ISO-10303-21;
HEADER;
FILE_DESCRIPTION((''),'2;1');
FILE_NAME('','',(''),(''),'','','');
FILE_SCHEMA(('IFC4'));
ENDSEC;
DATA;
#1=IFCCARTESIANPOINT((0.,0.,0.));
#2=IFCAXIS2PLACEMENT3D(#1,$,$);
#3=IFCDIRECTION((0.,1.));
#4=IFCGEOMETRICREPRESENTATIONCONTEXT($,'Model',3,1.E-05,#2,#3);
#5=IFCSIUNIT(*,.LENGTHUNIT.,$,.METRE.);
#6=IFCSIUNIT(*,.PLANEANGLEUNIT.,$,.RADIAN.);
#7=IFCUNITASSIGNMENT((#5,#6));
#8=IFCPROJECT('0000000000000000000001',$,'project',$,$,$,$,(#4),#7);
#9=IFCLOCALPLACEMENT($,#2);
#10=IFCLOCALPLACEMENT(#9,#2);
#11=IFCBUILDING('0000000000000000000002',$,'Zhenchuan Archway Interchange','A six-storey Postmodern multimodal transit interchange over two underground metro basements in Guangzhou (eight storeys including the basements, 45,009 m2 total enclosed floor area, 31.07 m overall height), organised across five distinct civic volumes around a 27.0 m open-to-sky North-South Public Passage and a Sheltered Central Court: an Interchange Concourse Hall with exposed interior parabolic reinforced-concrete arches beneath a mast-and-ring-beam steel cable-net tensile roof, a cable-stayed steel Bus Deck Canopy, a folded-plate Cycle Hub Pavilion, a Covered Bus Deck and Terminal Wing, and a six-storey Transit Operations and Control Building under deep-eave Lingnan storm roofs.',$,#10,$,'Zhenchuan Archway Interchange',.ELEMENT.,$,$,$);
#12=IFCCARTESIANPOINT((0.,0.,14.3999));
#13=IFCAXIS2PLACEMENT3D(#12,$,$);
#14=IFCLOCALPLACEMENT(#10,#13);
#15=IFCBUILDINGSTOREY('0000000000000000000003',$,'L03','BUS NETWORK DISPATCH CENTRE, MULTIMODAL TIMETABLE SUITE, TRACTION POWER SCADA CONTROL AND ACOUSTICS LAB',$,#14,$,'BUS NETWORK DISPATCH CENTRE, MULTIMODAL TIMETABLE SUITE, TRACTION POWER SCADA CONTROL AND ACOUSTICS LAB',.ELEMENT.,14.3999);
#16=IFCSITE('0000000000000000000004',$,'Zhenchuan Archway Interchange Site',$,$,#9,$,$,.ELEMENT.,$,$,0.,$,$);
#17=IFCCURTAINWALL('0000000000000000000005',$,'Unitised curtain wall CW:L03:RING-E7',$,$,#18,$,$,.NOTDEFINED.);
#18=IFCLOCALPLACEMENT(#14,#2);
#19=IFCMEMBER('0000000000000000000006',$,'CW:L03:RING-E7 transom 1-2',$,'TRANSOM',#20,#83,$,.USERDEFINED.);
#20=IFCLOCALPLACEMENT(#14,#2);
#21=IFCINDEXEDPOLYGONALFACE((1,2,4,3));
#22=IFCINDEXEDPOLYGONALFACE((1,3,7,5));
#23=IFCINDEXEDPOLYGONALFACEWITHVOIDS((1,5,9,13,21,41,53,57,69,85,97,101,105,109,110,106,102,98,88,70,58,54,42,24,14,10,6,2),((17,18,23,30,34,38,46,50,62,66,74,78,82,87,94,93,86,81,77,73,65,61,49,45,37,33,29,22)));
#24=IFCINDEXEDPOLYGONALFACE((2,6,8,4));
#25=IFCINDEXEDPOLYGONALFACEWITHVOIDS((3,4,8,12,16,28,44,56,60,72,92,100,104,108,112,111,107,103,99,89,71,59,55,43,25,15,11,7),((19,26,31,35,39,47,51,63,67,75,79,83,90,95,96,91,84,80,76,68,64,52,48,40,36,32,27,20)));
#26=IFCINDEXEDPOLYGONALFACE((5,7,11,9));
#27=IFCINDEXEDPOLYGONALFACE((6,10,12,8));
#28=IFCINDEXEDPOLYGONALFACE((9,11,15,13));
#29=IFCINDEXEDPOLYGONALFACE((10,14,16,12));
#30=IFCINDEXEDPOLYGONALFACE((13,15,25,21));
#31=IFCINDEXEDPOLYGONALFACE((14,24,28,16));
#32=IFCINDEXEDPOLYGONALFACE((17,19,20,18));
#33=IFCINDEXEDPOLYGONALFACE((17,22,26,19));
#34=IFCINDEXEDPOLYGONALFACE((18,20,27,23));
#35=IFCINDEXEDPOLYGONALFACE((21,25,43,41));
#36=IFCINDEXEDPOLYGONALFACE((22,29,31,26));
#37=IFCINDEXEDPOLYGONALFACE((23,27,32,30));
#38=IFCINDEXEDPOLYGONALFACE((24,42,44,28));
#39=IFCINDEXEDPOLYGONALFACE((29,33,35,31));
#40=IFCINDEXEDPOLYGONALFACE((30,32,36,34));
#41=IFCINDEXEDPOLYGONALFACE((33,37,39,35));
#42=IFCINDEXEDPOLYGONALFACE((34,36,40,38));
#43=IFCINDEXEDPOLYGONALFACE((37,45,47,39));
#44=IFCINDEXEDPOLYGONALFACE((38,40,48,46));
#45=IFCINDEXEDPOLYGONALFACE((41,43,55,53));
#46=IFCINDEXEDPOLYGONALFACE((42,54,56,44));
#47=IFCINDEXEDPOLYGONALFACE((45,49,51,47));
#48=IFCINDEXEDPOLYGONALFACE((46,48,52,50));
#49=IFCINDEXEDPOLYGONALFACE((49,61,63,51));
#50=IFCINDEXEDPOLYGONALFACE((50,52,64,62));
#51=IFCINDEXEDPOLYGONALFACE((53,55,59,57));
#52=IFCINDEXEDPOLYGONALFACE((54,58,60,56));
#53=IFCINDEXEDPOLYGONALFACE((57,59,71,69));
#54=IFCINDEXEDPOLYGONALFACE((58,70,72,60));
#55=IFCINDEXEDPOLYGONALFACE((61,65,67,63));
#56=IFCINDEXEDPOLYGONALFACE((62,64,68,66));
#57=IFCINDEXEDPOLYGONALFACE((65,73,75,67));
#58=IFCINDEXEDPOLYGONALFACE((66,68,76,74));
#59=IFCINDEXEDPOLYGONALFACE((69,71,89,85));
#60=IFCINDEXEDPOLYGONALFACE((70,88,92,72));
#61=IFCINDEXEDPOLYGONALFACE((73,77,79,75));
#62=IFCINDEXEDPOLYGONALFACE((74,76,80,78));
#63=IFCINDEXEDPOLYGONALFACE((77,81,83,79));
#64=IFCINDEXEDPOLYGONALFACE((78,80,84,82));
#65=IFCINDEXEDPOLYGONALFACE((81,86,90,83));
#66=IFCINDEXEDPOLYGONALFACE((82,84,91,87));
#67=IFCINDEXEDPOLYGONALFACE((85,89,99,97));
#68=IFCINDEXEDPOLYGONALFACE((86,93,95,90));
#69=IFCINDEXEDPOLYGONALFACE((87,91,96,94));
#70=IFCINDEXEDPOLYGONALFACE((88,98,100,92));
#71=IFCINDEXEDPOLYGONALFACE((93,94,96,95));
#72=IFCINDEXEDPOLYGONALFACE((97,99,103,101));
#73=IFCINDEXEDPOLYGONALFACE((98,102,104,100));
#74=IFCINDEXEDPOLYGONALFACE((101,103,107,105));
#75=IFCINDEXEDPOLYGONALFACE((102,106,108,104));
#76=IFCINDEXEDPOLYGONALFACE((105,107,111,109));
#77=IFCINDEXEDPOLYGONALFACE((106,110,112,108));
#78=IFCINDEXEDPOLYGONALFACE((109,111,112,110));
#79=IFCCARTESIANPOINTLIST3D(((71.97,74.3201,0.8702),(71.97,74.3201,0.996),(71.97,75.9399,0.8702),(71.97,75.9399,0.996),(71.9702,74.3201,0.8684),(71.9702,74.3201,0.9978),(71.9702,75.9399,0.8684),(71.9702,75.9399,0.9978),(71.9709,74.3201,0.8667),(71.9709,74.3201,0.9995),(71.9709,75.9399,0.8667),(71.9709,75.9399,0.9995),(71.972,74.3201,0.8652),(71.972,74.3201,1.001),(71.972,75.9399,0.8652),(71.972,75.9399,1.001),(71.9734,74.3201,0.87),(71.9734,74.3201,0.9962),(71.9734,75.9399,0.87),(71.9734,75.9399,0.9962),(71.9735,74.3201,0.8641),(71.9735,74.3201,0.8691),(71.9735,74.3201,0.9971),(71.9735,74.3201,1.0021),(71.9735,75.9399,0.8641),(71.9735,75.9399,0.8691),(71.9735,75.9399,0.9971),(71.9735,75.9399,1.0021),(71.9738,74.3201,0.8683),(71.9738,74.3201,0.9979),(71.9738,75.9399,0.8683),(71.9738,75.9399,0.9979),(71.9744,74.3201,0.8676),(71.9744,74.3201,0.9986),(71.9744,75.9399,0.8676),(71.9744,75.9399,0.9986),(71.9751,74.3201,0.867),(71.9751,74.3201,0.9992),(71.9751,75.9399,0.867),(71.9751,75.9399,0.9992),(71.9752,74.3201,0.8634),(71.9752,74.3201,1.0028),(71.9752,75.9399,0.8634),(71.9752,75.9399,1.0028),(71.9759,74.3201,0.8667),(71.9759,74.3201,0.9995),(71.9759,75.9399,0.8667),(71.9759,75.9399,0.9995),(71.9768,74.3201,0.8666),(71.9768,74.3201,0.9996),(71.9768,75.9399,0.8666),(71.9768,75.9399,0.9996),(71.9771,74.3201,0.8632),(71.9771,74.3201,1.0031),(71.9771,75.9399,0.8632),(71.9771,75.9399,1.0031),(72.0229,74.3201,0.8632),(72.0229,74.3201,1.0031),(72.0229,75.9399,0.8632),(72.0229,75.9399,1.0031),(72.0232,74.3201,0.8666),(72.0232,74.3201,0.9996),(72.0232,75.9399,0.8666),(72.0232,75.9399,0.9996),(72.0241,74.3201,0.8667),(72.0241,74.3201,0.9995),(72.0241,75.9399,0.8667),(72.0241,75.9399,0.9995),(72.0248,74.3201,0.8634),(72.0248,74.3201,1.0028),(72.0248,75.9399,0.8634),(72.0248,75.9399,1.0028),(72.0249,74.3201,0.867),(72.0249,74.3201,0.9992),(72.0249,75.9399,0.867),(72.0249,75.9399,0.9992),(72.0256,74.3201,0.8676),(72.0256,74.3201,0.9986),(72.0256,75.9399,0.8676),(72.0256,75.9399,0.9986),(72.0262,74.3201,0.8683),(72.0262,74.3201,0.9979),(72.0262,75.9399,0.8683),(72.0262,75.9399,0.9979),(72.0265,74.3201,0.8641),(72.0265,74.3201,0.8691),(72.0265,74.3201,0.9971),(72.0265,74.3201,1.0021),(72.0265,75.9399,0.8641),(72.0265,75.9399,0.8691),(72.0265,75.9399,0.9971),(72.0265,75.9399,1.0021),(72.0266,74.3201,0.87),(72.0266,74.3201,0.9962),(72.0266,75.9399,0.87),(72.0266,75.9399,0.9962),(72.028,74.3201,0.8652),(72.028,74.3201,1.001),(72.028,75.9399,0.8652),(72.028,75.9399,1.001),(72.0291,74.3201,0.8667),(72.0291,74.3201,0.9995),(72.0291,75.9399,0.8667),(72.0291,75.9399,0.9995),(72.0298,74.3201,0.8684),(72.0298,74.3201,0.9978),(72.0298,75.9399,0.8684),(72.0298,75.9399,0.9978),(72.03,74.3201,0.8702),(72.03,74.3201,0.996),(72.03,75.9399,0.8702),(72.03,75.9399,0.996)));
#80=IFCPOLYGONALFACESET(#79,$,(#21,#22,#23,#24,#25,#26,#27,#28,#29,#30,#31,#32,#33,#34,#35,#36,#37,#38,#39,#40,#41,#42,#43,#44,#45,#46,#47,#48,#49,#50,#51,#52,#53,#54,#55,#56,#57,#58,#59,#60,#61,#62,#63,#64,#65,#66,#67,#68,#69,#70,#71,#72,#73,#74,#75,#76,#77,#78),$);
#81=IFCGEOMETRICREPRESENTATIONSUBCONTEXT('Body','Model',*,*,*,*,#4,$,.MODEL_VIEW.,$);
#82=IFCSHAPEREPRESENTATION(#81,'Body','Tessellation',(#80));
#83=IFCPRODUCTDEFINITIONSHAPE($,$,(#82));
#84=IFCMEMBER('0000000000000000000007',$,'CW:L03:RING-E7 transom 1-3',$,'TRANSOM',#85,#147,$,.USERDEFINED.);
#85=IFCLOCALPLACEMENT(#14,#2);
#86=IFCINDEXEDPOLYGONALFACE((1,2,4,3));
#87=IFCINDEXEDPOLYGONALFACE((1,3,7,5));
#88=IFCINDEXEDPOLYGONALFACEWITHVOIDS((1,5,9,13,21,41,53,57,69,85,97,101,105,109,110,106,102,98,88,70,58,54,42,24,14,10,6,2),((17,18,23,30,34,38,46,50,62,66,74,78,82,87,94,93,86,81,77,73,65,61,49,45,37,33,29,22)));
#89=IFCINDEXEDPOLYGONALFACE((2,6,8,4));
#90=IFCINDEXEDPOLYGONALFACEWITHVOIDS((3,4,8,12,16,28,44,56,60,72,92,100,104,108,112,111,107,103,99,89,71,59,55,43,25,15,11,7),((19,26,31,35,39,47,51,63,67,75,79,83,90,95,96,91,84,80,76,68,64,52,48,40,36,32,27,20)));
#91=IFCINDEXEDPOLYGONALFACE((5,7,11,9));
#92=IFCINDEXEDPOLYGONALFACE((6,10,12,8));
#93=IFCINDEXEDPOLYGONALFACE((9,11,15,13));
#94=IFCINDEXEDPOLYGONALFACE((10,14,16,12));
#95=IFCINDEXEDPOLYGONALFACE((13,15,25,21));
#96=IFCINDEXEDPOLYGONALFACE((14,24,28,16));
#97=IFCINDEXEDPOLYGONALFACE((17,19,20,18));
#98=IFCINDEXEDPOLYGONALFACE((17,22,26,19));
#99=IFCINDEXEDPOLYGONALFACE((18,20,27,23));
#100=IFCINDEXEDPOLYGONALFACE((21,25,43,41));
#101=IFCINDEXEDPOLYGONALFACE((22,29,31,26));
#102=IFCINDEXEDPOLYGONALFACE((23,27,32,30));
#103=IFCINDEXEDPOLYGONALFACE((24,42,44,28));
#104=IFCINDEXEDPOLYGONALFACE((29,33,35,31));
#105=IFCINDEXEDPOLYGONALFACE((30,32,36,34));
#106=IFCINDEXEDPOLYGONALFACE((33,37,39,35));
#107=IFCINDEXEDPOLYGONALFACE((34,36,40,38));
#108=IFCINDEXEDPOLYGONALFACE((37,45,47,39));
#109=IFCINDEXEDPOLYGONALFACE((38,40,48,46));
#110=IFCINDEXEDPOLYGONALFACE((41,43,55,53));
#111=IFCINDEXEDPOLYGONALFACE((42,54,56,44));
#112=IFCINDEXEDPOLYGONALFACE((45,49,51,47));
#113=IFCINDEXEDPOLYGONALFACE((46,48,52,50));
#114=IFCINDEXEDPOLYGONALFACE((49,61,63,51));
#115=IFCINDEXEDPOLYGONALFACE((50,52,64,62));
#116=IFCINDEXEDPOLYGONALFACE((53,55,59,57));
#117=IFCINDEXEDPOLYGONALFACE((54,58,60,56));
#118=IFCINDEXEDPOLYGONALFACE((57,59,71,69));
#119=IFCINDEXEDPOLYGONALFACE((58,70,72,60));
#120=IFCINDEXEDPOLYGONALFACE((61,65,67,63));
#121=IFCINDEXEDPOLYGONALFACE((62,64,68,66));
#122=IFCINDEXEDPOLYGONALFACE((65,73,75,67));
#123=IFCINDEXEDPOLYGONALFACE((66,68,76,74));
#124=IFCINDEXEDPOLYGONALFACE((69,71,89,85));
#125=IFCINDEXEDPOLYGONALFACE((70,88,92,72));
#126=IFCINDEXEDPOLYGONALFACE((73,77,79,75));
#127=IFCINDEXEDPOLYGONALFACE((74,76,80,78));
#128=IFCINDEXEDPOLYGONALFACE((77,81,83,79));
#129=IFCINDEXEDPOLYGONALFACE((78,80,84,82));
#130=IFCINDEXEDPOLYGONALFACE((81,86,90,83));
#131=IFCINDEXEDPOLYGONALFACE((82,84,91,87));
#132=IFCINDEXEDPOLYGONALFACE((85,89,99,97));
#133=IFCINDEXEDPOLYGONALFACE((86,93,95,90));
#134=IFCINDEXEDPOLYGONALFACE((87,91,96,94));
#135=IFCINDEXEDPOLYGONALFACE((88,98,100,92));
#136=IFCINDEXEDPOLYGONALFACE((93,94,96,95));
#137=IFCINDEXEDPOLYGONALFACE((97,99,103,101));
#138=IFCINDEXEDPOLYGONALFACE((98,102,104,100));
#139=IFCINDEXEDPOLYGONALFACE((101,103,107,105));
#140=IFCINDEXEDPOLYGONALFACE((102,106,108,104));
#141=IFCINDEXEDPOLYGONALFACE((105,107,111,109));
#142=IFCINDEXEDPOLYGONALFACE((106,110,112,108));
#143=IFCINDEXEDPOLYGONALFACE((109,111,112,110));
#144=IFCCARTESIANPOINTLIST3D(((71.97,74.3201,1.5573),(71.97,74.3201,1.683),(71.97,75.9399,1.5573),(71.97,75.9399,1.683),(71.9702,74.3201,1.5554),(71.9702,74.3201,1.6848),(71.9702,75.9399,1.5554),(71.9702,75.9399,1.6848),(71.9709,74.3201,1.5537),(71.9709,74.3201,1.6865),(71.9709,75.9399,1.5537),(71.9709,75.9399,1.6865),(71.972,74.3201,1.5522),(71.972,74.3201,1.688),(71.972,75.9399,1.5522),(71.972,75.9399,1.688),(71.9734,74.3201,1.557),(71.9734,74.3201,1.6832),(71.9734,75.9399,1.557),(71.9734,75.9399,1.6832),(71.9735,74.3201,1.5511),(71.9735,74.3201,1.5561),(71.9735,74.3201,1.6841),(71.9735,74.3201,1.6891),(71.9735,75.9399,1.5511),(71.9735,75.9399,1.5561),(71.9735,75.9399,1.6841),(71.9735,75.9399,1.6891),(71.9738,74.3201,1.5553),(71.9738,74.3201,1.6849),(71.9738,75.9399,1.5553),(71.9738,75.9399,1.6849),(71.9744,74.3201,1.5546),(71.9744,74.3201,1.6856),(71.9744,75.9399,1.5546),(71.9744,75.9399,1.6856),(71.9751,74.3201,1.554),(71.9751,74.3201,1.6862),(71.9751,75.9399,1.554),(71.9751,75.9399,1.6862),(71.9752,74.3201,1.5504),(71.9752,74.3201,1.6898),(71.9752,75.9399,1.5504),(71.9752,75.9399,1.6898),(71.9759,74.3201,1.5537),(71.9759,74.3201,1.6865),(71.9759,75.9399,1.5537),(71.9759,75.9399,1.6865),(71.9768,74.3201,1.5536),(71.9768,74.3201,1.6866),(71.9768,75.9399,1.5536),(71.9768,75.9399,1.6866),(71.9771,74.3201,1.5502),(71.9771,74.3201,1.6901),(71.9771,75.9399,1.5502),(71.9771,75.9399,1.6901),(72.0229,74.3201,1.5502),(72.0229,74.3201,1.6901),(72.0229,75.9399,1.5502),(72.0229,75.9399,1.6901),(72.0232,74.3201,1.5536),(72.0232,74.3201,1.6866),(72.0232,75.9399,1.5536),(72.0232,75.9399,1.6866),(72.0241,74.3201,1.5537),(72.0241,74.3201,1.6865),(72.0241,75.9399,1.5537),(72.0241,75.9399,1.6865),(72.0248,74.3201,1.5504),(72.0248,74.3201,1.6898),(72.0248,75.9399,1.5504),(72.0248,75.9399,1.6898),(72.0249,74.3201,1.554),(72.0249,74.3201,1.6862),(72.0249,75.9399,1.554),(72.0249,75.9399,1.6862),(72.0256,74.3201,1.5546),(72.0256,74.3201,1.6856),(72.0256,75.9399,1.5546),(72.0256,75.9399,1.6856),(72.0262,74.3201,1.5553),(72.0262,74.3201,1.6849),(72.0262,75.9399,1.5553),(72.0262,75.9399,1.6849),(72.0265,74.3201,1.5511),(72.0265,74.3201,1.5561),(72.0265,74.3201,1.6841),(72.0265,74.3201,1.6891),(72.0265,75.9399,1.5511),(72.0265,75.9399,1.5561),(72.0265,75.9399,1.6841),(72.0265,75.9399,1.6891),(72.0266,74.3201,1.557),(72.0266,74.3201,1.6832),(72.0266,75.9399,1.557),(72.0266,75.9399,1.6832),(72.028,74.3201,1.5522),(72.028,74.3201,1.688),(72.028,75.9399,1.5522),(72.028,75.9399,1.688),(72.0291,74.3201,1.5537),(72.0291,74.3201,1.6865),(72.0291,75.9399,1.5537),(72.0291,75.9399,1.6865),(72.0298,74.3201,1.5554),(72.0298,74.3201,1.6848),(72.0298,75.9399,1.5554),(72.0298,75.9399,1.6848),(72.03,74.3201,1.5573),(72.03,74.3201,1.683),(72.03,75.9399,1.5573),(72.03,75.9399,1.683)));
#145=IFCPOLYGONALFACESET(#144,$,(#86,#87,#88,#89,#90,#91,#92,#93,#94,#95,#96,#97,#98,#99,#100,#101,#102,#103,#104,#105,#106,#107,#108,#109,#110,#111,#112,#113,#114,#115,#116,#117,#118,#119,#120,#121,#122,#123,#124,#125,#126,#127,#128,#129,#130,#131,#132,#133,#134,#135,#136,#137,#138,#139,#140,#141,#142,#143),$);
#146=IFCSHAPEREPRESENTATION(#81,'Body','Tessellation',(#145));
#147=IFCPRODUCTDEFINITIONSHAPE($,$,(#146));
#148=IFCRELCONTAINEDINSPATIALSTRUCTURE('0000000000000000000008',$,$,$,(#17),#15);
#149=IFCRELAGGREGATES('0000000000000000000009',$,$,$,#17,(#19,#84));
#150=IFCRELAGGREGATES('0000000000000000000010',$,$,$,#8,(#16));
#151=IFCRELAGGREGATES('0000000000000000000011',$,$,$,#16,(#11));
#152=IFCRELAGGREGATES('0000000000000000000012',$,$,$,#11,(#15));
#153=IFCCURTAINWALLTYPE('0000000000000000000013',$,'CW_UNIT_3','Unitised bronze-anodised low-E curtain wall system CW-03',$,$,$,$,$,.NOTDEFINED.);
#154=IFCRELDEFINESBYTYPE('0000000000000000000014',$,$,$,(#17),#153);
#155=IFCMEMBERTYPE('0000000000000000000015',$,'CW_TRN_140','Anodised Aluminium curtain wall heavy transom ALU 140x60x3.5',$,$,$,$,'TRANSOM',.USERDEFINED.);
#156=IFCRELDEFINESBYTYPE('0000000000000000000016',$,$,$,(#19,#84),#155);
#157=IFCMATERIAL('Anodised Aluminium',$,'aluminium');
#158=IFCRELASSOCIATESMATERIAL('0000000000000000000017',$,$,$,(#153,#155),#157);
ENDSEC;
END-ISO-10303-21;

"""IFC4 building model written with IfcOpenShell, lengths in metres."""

from ifc_helpers import new_model, si_unit, direction, frame, origin, origin_2d, place, context, subcontext, project, spatial, hollow_rectangle, extrude, material, material_profile, profile_set, type_object, element, aggregate, save


model = new_model("IFC4")

# Units and contexts
model_context = context("Model", 3, precision=1e-05, world=origin(), true_north=direction((0.0, 1.0)))
body_context = subcontext(model_context, "Body", "Model", "MODEL_VIEW")
ifc_project = project(units=[si_unit("LENGTHUNIT", "METRE"), si_unit("PLANEANGLEUNIT", "RADIAN")], contexts=[model_context])

# Site, building, storey
site_placement = place(None, origin())
site = spatial("IfcSite", under=ifc_project, at=site_placement, Name="Zhenchuan Archway Interchange Site", CompositionType="ELEMENT", RefElevation=0.0)
building_placement = place(site_placement, origin())
building = spatial("IfcBuilding", under=site, at=building_placement, Name="Zhenchuan Archway Interchange", Description="A six-storey Postmodern multimodal transit interchange over two underground metro basements in Guangzhou (eight storeys including the basements, 45,009 m2 total enclosed floor area, 31.07 m overall height), organised across five distinct civic volumes around a 27.0 m open-to-sky North-South Public Passage and a Sheltered Central Court: an Interchange Concourse Hall with exposed interior parabolic reinforced-concrete arches beneath a mast-and-ring-beam steel cable-net tensile roof, a cable-stayed steel Bus Deck Canopy, a folded-plate Cycle Hub Pavilion, a Covered Bus Deck and Terminal Wing, and a six-storey Transit Operations and Control Building under deep-eave Lingnan storm roofs.", LongName="Zhenchuan Archway Interchange", CompositionType="ELEMENT")
storey_placement = place(building_placement, frame((0.0, 0.0, 14.3999)))
storey = spatial("IfcBuildingStorey", under=building, at=storey_placement, Name="L03", Description="BUS NETWORK DISPATCH CENTRE, MULTIMODAL TIMETABLE SUITE, TRACTION POWER SCADA CONTROL AND ACOUSTICS LAB", LongName="BUS NETWORK DISPATCH CENTRE, MULTIMODAL TIMETABLE SUITE, TRACTION POWER SCADA CONTROL AND ACOUSTICS LAB", CompositionType="ELEMENT", Elevation=14.3999)

# Curtain wall
ifc_material_1 = material(Name="Anodised Aluminium", Category="aluminium")
curtain_wall_type = type_object("IfcCurtainWallType", Name="CW_UNIT_3", Description="Unitised bronze-anodised low-E curtain wall system CW-03", PredefinedType="NOTDEFINED", material=ifc_material_1)
curtain_wall_1_placement = place(storey_placement, origin())
curtain_wall_1 = element("IfcCurtainWall", 1, at=curtain_wall_1_placement, inside=storey, type_object=curtain_wall_type, Name="Unitised curtain wall CW:L03:RING-E7", PredefinedType="NOTDEFINED")

# Members
ifc_material_profile_1 = material_profile(ifc_material_1, hollow_rectangle(XDim=0.0601, YDim=0.1399, WallThickness=0.0034, InnerFilletRadius=0.0034, OuterFilletRadius=0.0071, at=origin_2d()), Name="ALU 140x60x3.5")
ifc_profile_set_1 = profile_set([ifc_material_profile_1], Name="Anodised Aluminium")
member_type_1 = type_object("IfcMemberType", Name="CW_TRN_140", Description="Anodised Aluminium curtain wall heavy transom ALU 140x60x3.5", ElementType="TRANSOM", PredefinedType="USERDEFINED", material=ifc_profile_set_1)
member_1_placement = place(storey_placement, frame((72.0, 74.3201, 0.9331), z_axis=(0.0, 1.0, 0.0), x_axis=(-1.0, 0.0, 0.0)))
member_1 = element("IfcMember", 2, at=member_1_placement, type_object=member_type_1, Name="CW:L03:RING-E7 transom 1-2", ObjectType="TRANSOM", PredefinedType="USERDEFINED", context=body_context, shape_type="SweptSolid", body=[
    extrude(hollow_rectangle(XDim=0.0601, YDim=0.1399, WallThickness=0.0034, InnerFilletRadius=0.0034, OuterFilletRadius=0.0071, at=origin_2d()), origin(), (0.0, 0.0, 1.0), 1.6199),
])
member_2_placement = place(storey_placement, frame((72.0, 74.3201, 1.6201), z_axis=(0.0, 1.0, 0.0), x_axis=(-1.0, 0.0, 0.0)))
member_2 = element("IfcMember", 3, at=member_2_placement, type_object=member_type_1, Name="CW:L03:RING-E7 transom 1-3", ObjectType="TRANSOM", PredefinedType="USERDEFINED", context=body_context, shape_type="SweptSolid", body=[
    extrude(hollow_rectangle(XDim=0.0601, YDim=0.1399, WallThickness=0.0034, InnerFilletRadius=0.0034, OuterFilletRadius=0.0071, at=origin_2d()), origin(), (0.0, 0.0, 1.0), 1.6199),
])

aggregate(curtain_wall_1, [member_1, member_2])

save(model, "model.ifc")
